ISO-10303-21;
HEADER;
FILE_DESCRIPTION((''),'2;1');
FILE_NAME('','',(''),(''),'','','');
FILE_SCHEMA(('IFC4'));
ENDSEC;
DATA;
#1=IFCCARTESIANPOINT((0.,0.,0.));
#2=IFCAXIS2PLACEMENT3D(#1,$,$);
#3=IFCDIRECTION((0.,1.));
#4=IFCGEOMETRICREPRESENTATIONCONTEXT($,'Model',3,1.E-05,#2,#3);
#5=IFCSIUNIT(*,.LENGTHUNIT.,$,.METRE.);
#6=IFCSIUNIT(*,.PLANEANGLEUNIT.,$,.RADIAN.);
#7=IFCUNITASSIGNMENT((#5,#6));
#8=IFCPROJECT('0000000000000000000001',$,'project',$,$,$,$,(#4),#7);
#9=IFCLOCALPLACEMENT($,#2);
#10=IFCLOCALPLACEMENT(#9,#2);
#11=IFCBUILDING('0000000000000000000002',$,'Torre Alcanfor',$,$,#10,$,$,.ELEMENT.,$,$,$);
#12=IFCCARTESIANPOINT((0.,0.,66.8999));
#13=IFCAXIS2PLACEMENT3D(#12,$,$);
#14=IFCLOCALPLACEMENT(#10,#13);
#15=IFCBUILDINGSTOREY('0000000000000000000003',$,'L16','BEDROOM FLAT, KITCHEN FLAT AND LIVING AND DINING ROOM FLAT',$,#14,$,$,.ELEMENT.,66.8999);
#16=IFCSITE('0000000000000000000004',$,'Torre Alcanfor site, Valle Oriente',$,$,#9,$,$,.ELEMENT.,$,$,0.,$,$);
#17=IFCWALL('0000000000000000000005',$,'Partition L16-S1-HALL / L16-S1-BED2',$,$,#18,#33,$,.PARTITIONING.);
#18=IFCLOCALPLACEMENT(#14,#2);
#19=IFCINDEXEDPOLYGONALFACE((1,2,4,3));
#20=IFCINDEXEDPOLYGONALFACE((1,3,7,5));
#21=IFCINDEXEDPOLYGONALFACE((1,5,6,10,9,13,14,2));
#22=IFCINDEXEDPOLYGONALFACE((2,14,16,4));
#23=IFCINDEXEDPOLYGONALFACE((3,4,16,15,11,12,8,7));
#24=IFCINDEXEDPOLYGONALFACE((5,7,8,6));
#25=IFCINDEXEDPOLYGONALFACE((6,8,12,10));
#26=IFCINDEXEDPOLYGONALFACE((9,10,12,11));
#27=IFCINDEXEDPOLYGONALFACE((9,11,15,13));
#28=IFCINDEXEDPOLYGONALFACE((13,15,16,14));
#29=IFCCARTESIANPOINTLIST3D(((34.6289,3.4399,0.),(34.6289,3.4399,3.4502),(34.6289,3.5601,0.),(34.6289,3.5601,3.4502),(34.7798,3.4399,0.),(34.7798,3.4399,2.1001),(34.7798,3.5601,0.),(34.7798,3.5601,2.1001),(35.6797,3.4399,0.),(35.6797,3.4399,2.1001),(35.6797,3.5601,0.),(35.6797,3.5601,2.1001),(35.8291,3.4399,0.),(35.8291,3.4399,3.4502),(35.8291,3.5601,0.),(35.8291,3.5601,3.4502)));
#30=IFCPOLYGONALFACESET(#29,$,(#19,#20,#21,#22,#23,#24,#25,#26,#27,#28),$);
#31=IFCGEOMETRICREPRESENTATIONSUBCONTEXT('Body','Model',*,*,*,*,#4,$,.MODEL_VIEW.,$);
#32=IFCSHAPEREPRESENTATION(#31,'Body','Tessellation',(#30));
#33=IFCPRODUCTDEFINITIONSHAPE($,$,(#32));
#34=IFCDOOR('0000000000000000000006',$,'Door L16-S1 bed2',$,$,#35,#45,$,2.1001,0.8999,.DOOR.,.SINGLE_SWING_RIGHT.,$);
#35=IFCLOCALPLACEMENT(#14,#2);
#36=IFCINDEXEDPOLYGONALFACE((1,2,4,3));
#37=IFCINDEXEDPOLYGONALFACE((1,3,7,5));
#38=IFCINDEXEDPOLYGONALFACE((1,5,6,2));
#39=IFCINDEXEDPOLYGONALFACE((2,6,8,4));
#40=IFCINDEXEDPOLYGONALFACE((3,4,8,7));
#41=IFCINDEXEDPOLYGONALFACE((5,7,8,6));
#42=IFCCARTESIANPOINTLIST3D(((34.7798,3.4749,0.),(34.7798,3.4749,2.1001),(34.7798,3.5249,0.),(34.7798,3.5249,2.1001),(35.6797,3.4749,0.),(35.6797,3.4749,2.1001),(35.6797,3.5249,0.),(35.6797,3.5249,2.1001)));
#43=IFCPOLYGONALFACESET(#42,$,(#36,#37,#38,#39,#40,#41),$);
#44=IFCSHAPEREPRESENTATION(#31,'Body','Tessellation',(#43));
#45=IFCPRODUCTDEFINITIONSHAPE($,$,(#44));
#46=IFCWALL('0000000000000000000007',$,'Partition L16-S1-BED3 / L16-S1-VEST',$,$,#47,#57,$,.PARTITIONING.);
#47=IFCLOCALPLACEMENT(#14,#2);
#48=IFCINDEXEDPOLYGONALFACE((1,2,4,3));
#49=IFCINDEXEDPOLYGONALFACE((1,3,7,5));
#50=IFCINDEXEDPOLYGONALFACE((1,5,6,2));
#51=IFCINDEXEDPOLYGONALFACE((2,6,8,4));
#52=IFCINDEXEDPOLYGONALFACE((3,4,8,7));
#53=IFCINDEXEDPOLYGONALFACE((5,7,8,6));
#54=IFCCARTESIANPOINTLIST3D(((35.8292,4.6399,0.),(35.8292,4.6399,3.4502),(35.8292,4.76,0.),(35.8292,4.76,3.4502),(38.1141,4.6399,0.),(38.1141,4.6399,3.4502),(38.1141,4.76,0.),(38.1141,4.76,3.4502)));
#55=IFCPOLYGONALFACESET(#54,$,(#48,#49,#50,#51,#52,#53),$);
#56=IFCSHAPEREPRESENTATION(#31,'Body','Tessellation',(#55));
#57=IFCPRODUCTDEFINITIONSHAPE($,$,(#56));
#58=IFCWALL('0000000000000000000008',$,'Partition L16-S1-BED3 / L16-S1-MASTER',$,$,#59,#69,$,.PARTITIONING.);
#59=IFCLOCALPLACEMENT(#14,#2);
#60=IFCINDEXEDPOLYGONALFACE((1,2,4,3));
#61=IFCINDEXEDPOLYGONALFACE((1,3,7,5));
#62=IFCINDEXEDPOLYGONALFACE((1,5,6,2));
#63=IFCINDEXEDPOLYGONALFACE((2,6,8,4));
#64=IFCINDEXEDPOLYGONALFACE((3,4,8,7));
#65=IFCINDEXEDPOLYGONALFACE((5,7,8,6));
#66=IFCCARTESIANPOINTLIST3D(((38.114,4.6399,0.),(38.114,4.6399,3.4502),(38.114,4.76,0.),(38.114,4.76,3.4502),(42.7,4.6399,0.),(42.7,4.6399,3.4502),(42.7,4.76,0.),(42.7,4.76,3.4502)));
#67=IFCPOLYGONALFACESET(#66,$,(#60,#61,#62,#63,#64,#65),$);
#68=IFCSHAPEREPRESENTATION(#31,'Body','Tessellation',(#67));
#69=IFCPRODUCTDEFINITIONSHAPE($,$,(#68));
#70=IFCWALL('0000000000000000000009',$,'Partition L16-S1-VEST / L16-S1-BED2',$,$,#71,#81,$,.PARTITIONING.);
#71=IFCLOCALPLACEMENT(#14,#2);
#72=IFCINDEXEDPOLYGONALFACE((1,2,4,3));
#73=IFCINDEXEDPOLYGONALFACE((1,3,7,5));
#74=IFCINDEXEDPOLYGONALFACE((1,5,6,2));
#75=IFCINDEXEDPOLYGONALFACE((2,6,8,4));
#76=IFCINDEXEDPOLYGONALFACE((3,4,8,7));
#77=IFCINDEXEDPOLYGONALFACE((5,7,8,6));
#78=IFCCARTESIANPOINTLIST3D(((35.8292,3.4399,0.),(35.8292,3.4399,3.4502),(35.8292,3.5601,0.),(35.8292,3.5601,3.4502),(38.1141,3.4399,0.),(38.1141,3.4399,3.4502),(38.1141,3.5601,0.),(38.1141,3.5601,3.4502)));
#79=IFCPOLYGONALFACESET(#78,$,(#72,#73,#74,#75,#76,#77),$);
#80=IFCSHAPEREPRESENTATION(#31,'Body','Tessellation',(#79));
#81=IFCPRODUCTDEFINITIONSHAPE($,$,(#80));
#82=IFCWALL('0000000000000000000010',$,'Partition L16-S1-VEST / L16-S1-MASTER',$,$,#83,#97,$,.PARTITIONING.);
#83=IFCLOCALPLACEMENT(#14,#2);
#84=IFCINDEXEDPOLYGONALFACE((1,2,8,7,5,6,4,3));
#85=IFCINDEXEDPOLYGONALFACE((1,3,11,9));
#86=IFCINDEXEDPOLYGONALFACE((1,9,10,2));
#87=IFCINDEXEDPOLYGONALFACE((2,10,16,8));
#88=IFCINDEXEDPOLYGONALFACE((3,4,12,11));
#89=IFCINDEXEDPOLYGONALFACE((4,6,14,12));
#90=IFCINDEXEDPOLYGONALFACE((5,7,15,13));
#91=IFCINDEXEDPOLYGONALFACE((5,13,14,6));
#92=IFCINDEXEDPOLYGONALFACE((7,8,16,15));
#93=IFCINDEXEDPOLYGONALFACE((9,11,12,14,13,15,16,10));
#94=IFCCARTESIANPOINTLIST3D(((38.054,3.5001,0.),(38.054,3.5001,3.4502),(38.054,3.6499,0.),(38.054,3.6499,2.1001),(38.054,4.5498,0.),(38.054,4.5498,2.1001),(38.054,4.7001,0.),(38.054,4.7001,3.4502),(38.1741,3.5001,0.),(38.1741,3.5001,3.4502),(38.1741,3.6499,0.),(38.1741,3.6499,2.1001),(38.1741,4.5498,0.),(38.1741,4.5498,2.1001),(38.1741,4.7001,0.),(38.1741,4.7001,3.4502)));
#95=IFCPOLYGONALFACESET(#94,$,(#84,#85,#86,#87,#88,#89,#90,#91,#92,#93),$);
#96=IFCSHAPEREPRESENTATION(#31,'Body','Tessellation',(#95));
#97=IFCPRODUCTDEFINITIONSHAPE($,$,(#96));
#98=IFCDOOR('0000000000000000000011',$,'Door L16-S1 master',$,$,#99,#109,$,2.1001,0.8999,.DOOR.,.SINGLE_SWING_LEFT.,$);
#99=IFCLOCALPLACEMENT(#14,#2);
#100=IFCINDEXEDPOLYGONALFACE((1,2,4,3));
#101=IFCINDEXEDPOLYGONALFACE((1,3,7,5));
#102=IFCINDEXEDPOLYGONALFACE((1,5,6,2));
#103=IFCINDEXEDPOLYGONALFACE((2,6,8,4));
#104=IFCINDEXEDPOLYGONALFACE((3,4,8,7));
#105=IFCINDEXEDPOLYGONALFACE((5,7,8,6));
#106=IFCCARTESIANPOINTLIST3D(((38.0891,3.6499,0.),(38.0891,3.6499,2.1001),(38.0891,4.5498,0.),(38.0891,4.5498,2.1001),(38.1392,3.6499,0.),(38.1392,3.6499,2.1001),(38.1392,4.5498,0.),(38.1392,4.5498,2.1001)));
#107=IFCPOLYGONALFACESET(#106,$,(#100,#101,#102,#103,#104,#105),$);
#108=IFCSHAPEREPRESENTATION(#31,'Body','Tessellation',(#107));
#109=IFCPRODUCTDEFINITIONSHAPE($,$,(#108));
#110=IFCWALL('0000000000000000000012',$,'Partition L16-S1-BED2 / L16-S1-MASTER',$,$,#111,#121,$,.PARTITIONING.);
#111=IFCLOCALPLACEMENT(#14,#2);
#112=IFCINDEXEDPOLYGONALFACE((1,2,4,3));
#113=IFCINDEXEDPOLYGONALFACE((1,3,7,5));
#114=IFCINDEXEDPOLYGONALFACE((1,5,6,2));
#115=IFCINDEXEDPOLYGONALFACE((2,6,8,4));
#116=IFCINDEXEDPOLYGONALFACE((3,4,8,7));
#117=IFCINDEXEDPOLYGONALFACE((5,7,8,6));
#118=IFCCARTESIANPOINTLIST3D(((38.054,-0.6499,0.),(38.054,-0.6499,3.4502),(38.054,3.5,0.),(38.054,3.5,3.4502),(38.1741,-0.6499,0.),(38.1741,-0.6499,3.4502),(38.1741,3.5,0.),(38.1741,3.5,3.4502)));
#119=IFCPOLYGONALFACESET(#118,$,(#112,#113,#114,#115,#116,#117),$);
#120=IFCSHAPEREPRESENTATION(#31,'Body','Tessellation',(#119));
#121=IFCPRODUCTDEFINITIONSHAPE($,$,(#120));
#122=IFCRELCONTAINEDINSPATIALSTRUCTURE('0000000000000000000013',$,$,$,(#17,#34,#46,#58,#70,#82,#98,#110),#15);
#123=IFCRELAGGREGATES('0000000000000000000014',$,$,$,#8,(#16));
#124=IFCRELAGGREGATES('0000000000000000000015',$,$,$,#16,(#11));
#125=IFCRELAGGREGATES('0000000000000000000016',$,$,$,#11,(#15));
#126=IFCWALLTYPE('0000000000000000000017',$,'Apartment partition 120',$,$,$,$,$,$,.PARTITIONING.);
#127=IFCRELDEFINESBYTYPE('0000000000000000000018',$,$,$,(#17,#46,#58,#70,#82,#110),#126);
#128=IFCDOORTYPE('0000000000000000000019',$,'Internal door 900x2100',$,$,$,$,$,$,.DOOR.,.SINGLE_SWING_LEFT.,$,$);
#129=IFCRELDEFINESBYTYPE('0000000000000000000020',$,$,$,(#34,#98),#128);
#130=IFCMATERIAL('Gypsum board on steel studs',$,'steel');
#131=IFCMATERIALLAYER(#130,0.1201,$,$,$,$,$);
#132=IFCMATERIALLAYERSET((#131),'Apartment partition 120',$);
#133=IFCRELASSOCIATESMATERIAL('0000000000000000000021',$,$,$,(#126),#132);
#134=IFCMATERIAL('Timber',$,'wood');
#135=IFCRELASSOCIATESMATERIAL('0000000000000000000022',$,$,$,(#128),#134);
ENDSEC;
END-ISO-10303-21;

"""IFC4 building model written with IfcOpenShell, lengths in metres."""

from ifc_helpers import new_model, si_unit, direction, frame, frame_2d, origin, place, context, subcontext, project, spatial, rectangle, extrude, material, layer, layer_set, type_object, element, fill, save


model = new_model("IFC4")

# Units and contexts
model_context = context("Model", 3, precision=1e-05, world=origin(), true_north=direction((0.0, 1.0)))
body_context = subcontext(model_context, "Body", "Model", "MODEL_VIEW")
ifc_project = project(units=[si_unit("LENGTHUNIT", "METRE"), si_unit("PLANEANGLEUNIT", "RADIAN")], contexts=[model_context])

# Site, building, storey
site_placement = place(None, origin())
site = spatial("IfcSite", under=ifc_project, at=site_placement, Name="Torre Alcanfor site, Valle Oriente", CompositionType="ELEMENT", RefElevation=0.0)
building_placement = place(site_placement, origin())
building = spatial("IfcBuilding", under=site, at=building_placement, Name="Torre Alcanfor", CompositionType="ELEMENT")
storey_placement = place(building_placement, frame((0.0, 0.0, 66.8999)))
storey = spatial("IfcBuildingStorey", under=building, at=storey_placement, Name="L16", Description="BEDROOM FLAT, KITCHEN FLAT AND LIVING AND DINING ROOM FLAT", CompositionType="ELEMENT", Elevation=66.8999)

# Shared definitions
ifc_material_1 = material(Name="Gypsum board on steel studs", Category="steel")
ifc_layer_1 = layer(ifc_material_1, 0.1201)
ifc_layer_set_1 = layer_set([ifc_layer_1], Name="Apartment partition 120")
wall_type_1 = type_object("IfcWallType", Name="Apartment partition 120", PredefinedType="PARTITIONING", material=ifc_layer_set_1)

# Wall, opening, door
ifc_material_2 = material(Name="Timber", Category="wood")
door_type = type_object("IfcDoorType", Name="Internal door 900x2100", OperationType="SINGLE_SWING_LEFT", PredefinedType="DOOR", material=ifc_material_2)
wall_1_placement = place(storey_placement, frame((34.6289, 3.5, 0.0), z_axis=(0.0, 0.0, 1.0), x_axis=(1.0, 0.0, 0.0)))
wall_1 = element("IfcWall", 1, at=wall_1_placement, inside=storey, type_object=wall_type_1, Name="Partition L16-S1-HALL / L16-S1-BED2", PredefinedType="PARTITIONING", context=body_context, shape_type="SweptSolid", body=[
    extrude(rectangle(XDim=1.2002, YDim=0.1201, at=frame_2d((0.6001, 0.0))), origin(), (0.0, 0.0, 1.0), 3.4502),
])
opening_1_placement = place(wall_1_placement, frame((0.1509, 0.0, 0.0)))
opening_1 = element("IfcOpeningElement", 2, at=opening_1_placement, cuts=wall_1, PredefinedType="OPENING", context=body_context, shape_type="SweptSolid", body=[
    extrude(rectangle(XDim=0.8999, YDim=2.1001, at=frame_2d((0.45, 1.05))), frame((0.0, 0.0701, 0.0), z_axis=(0.0, -1.0, 0.0), x_axis=(1.0, 0.0, 0.0)), (0.0, 0.0, 1.0), 0.1401),
])
door_1_placement = place(opening_1_placement, frame((0.8999, 0.0, 0.0), z_axis=(0.0, 0.0, 1.0), x_axis=(-1.0, 0.0, 0.0)))
door_1 = element("IfcDoor", 3, at=door_1_placement, inside=storey, type_object=door_type, Name="Door L16-S1 bed2", OperationType="SINGLE_SWING_RIGHT", OverallHeight=2.1001, OverallWidth=0.8999, PredefinedType="DOOR", context=body_context, shape_type="SweptSolid", body=[
    extrude(rectangle(XDim=0.8999, YDim=2.1001, at=frame_2d((0.45, 1.05))), frame((0.0, 0.0251, 0.0), z_axis=(0.0, -1.0, 0.0), x_axis=(1.0, 0.0, 0.0)), (0.0, 0.0, 1.0), 0.05),
])
fill(opening_1, door_1)

# Walls
wall_2_placement = place(storey_placement, frame((35.8291, 4.7, 0.0), z_axis=(0.0, 0.0, 1.0), x_axis=(1.0, 0.0, 0.0)))
element("IfcWall", 4, at=wall_2_placement, inside=storey, type_object=wall_type_1, Name="Partition L16-S1-BED3 / L16-S1-VEST", PredefinedType="PARTITIONING", context=body_context, shape_type="SweptSolid", body=[
    extrude(rectangle(XDim=2.2849, YDim=0.1201, at=frame_2d((1.1426, 0.0))), origin(), (0.0, 0.0, 1.0), 3.4502),
])
wall_3_placement = place(storey_placement, frame((38.114, 4.7, 0.0), z_axis=(0.0, 0.0, 1.0), x_axis=(1.0, 0.0, 0.0)))
element("IfcWall", 5, at=wall_3_placement, inside=storey, type_object=wall_type_1, Name="Partition L16-S1-BED3 / L16-S1-MASTER", PredefinedType="PARTITIONING", context=body_context, shape_type="SweptSolid", body=[
    extrude(rectangle(XDim=4.5859, YDim=0.1201, at=frame_2d((2.293, 0.0))), origin(), (0.0, 0.0, 1.0), 3.4502),
])
wall_4_placement = place(storey_placement, frame((35.8291, 3.5, 0.0), z_axis=(0.0, 0.0, 1.0), x_axis=(1.0, 0.0, 0.0)))
element("IfcWall", 6, at=wall_4_placement, inside=storey, type_object=wall_type_1, Name="Partition L16-S1-VEST / L16-S1-BED2", PredefinedType="PARTITIONING", context=body_context, shape_type="SweptSolid", body=[
    extrude(rectangle(XDim=2.2849, YDim=0.1201, at=frame_2d((1.1426, 0.0))), origin(), (0.0, 0.0, 1.0), 3.4502),
])

# Wall, opening, door
wall_5_placement = place(storey_placement, frame((38.114, 3.5, 0.0), z_axis=(0.0, 0.0, 1.0), x_axis=(0.0, 1.0, 0.0)))
wall_5 = element("IfcWall", 7, at=wall_5_placement, inside=storey, type_object=wall_type_1, Name="Partition L16-S1-VEST / L16-S1-MASTER", PredefinedType="PARTITIONING", context=body_context, shape_type="SweptSolid", body=[
    extrude(rectangle(XDim=1.2, YDim=0.1201, at=frame_2d((0.6001, 0.0))), origin(), (0.0, 0.0, 1.0), 3.4502),
])
opening_2_placement = place(wall_5_placement, frame((0.1499, 0.0, 0.0)))
opening_2 = element("IfcOpeningElement", 8, at=opening_2_placement, cuts=wall_5, PredefinedType="OPENING", context=body_context, shape_type="SweptSolid", body=[
    extrude(rectangle(XDim=0.8999, YDim=2.1001, at=frame_2d((0.45, 1.05))), frame((0.0, 0.0701, 0.0), z_axis=(0.0, -1.0, 0.0), x_axis=(1.0, 0.0, 0.0)), (0.0, 0.0, 1.0), 0.1401),
])
door_2_placement = place(opening_2_placement, origin())
door_2 = element("IfcDoor", 9, at=door_2_placement, inside=storey, type_object=door_type, Name="Door L16-S1 master", OperationType="SINGLE_SWING_LEFT", OverallHeight=2.1001, OverallWidth=0.8999, PredefinedType="DOOR", context=body_context, shape_type="SweptSolid", body=[
    extrude(rectangle(XDim=0.8999, YDim=2.1001, at=frame_2d((0.45, 1.05))), frame((0.0, 0.0249, 0.0), z_axis=(0.0, -1.0, 0.0), x_axis=(1.0, 0.0, 0.0)), (0.0, 0.0, 1.0), 0.05),
])
fill(opening_2, door_2)

# Wall
wall_6_placement = place(storey_placement, frame((38.114, -0.6499, 0.0), z_axis=(0.0, 0.0, 1.0), x_axis=(0.0, 1.0, 0.0)))
element("IfcWall", 10, at=wall_6_placement, inside=storey, type_object=wall_type_1, Name="Partition L16-S1-BED2 / L16-S1-MASTER", PredefinedType="PARTITIONING", context=body_context, shape_type="SweptSolid", body=[
    extrude(rectangle(XDim=4.1499, YDim=0.1201, at=frame_2d((2.075, 0.0))), origin(), (0.0, 0.0, 1.0), 3.4502),
])

save(model, "model.ifc")
